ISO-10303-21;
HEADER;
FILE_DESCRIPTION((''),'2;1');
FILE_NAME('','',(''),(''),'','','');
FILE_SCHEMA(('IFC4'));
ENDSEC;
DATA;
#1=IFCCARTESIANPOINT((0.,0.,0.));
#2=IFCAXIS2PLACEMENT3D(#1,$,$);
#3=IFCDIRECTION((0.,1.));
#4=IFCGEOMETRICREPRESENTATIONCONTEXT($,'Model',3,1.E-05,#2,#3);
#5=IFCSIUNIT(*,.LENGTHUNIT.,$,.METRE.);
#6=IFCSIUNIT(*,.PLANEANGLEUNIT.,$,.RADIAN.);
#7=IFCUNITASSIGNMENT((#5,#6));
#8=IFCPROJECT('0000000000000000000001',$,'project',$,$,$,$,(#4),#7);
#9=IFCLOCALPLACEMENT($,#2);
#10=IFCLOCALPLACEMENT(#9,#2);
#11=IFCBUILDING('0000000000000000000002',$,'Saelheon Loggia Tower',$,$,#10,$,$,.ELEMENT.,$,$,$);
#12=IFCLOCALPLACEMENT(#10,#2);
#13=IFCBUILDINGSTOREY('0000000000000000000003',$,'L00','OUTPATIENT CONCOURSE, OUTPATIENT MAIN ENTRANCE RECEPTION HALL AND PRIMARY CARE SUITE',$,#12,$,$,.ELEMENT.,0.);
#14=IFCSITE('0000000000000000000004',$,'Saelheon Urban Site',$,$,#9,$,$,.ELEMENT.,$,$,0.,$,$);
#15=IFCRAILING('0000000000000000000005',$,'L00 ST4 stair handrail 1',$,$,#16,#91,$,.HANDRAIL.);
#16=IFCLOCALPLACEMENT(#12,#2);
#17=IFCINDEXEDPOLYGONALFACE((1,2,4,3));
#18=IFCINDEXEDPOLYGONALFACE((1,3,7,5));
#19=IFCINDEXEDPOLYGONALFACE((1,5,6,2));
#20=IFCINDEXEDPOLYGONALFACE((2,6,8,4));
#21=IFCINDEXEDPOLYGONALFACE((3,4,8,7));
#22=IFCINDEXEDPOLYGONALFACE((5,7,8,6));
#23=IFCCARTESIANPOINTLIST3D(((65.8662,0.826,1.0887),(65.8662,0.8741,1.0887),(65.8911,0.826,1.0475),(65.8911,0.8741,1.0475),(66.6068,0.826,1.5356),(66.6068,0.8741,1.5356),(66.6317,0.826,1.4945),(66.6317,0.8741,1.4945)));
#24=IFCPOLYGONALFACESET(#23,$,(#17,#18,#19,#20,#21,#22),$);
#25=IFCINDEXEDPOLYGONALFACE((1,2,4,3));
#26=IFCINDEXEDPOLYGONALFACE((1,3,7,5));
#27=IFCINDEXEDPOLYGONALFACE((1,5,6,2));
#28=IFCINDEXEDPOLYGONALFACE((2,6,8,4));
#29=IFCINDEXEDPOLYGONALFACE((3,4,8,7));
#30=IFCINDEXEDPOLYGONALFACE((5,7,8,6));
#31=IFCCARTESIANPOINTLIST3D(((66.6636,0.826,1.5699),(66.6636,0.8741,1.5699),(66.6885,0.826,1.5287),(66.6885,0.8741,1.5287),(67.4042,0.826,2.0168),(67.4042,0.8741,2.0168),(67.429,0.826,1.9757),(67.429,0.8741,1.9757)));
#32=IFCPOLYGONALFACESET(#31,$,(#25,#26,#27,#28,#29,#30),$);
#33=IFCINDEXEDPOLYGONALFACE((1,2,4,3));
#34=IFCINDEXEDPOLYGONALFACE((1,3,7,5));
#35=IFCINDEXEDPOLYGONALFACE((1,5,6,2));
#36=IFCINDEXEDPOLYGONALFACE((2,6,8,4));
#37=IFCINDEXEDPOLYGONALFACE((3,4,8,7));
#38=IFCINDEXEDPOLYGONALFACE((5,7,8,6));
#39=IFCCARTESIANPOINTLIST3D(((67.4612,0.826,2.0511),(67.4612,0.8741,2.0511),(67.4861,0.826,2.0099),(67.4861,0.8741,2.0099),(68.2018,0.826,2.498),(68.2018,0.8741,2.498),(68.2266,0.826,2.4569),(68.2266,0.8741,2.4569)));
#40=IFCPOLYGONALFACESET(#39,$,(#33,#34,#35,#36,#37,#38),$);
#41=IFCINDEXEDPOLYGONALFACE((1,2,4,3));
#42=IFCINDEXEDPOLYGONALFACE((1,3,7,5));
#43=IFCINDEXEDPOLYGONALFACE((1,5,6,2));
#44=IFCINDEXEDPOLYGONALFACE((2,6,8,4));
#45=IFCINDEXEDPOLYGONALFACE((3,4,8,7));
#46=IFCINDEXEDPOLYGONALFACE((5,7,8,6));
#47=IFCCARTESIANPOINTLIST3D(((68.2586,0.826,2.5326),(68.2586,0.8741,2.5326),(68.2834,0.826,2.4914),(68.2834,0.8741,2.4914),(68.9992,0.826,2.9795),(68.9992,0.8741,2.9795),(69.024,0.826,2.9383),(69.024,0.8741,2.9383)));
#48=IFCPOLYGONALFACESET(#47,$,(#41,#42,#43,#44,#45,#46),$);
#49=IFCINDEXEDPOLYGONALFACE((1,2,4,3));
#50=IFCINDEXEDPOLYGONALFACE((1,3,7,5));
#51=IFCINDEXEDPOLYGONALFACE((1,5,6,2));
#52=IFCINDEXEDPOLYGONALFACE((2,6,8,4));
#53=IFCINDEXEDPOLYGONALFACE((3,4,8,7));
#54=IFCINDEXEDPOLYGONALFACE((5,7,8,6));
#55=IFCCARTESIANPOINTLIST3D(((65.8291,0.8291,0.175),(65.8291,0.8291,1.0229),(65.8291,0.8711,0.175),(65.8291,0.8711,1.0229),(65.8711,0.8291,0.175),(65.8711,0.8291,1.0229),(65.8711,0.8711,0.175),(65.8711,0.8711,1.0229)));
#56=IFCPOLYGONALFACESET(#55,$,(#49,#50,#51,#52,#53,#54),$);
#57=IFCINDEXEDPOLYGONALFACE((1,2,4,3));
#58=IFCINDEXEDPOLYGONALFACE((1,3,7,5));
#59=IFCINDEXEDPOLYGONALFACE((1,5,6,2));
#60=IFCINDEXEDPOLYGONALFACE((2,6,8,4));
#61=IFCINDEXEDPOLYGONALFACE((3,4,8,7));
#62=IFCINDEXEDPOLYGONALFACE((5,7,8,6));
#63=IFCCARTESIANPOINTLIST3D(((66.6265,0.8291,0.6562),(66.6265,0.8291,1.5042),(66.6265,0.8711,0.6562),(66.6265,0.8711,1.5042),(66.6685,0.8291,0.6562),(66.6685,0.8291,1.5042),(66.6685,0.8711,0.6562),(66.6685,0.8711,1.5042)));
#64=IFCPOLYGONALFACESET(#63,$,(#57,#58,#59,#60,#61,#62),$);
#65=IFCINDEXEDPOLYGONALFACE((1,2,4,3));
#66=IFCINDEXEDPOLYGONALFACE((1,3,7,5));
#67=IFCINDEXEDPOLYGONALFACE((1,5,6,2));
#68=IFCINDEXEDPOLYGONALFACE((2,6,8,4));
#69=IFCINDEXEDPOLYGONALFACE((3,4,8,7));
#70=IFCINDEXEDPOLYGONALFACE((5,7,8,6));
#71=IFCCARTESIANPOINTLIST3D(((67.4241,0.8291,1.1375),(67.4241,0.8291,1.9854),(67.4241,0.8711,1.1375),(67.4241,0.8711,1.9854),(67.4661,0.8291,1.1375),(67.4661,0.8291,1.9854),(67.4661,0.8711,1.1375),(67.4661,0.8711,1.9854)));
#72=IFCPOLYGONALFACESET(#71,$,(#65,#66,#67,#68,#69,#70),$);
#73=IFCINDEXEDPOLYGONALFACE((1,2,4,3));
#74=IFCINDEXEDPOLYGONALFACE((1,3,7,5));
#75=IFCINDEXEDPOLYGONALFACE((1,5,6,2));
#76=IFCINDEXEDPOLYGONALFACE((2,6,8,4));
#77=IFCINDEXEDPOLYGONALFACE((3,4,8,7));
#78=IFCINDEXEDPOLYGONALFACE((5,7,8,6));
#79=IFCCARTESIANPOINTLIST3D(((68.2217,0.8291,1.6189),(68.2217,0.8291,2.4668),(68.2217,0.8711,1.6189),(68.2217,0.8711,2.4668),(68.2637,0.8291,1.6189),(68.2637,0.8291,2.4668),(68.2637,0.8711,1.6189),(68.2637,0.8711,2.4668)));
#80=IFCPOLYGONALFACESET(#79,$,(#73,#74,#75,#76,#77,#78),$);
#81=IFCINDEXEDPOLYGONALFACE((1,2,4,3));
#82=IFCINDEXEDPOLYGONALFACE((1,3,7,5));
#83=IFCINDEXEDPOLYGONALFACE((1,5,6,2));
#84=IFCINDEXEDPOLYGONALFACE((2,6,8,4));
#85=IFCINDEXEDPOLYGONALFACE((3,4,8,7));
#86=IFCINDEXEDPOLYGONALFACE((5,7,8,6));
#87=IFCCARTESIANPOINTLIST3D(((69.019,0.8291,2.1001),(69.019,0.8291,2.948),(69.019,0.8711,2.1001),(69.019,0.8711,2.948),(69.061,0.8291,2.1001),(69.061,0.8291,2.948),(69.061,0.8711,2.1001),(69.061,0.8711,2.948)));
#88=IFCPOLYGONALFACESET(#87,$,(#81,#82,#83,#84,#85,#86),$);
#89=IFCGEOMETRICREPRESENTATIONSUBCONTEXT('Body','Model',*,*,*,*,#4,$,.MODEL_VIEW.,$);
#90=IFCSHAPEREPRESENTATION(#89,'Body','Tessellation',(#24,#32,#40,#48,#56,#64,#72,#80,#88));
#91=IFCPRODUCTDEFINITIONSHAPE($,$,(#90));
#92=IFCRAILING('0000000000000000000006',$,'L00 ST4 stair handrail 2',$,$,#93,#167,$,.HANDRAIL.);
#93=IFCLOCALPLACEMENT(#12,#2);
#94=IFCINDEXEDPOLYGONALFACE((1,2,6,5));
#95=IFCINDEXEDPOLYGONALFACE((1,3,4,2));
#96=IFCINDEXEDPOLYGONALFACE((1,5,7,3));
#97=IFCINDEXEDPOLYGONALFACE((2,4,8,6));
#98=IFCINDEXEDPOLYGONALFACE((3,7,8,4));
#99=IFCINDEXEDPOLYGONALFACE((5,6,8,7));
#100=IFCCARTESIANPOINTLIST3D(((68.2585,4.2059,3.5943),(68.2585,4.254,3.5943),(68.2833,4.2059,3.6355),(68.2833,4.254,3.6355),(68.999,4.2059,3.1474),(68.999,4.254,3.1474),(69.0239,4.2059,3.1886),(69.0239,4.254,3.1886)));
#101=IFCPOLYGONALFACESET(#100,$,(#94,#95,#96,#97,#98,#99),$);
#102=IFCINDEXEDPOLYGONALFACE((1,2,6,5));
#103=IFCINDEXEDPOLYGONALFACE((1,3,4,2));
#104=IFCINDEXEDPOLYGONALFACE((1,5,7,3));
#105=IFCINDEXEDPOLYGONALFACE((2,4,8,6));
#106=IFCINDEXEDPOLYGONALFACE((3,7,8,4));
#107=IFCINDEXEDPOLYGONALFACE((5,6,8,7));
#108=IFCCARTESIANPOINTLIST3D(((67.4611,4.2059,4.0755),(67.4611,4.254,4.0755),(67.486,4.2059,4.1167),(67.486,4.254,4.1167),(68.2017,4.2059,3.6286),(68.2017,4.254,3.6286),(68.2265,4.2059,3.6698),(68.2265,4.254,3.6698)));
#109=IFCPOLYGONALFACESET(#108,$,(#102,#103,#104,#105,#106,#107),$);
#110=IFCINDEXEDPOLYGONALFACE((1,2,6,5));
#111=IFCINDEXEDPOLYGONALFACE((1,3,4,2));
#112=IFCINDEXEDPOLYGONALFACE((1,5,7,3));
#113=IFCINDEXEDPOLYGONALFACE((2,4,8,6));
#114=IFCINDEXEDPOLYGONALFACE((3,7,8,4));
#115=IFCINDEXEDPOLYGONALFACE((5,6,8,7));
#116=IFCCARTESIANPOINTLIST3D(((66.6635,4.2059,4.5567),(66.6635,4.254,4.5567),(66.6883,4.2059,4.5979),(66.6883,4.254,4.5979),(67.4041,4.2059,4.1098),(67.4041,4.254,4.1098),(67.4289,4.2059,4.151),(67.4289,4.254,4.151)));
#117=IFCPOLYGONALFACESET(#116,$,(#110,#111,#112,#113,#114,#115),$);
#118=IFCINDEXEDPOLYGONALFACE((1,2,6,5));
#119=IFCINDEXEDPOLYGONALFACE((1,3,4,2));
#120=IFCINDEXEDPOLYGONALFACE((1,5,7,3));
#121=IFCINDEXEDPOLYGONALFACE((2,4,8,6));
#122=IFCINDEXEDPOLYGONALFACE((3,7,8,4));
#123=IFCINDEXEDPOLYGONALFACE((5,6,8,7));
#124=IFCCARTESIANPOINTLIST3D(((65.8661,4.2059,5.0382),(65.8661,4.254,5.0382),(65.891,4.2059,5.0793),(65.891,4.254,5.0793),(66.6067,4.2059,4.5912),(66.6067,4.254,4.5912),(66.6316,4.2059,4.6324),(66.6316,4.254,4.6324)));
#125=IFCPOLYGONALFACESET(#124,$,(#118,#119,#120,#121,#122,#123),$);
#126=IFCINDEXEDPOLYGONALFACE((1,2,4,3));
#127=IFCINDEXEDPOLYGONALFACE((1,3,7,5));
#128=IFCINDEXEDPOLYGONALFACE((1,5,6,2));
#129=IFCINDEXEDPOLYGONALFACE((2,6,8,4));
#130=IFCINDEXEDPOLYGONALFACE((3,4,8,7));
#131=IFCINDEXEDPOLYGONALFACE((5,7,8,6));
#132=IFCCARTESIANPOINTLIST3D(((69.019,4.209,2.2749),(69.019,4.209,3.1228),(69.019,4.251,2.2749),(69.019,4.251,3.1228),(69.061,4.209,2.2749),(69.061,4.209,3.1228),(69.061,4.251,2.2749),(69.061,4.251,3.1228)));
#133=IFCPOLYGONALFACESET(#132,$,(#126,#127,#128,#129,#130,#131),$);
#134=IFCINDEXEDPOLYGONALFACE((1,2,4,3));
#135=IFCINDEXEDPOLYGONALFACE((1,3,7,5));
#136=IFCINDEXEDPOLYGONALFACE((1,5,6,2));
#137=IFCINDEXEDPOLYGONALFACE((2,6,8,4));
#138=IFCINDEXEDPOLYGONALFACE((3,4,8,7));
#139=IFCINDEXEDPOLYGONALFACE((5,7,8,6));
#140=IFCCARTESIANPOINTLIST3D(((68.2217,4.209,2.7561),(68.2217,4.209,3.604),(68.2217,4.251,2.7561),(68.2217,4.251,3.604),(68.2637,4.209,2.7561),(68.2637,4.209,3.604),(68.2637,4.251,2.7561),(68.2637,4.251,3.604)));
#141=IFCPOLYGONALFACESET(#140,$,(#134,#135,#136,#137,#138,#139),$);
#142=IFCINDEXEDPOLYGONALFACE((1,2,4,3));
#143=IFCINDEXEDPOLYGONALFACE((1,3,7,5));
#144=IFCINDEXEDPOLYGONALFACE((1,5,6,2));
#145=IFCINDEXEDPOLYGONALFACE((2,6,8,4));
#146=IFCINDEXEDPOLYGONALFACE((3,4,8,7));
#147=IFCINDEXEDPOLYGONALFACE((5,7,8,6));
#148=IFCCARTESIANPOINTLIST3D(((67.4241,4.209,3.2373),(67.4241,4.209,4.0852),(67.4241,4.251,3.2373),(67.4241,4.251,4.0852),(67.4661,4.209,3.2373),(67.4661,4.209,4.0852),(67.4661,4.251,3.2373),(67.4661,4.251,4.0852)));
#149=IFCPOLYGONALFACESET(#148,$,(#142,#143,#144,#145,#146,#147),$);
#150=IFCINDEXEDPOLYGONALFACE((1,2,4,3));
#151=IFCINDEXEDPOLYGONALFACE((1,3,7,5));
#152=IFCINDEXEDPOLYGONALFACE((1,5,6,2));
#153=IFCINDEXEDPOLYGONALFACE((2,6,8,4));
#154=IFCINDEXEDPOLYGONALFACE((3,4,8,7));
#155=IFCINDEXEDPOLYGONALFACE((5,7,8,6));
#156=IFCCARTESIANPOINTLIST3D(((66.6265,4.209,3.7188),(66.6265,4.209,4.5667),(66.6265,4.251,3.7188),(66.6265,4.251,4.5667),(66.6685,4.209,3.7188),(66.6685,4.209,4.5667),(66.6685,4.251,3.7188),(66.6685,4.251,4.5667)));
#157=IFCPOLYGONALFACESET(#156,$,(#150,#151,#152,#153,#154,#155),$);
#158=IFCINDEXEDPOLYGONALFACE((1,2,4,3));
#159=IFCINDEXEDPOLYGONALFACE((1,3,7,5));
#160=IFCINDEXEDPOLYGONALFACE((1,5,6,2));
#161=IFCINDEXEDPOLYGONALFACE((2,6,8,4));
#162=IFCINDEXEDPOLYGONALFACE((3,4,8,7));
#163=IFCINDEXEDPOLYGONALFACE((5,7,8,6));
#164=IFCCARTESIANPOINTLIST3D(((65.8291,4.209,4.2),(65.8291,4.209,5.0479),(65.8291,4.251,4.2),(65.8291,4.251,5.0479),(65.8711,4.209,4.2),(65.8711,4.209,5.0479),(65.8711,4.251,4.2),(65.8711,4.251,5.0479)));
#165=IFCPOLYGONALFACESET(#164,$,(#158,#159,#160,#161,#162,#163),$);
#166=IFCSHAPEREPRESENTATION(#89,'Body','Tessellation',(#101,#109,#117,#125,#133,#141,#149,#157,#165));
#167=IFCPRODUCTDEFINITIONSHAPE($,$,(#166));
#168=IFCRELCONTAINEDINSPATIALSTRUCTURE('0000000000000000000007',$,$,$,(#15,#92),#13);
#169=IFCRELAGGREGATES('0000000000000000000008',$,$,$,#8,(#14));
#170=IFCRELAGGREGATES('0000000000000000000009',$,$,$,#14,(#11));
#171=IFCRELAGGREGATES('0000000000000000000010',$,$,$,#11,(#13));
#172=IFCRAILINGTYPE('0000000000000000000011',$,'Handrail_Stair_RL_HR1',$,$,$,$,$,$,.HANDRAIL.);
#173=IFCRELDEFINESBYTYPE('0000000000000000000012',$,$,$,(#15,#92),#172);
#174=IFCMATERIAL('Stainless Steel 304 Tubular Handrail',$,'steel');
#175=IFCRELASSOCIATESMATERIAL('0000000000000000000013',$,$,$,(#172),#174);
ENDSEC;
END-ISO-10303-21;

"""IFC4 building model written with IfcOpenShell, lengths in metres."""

from ifc_helpers import new_model, si_unit, direction, frame, origin, origin_2d, place, context, subcontext, project, spatial, rectangle, extrude, material, type_object, element, save


model = new_model("IFC4")

# Units and contexts
model_context = context("Model", 3, precision=1e-05, world=origin(), true_north=direction((0.0, 1.0)))
body_context = subcontext(model_context, "Body", "Model", "MODEL_VIEW")
ifc_project = project(units=[si_unit("LENGTHUNIT", "METRE"), si_unit("PLANEANGLEUNIT", "RADIAN")], contexts=[model_context])

# Site, building, storey
site_placement = place(None, origin())
site = spatial("IfcSite", under=ifc_project, at=site_placement, Name="Saelheon Urban Site", CompositionType="ELEMENT", RefElevation=0.0)
building_placement = place(site_placement, origin())
building = spatial("IfcBuilding", under=site, at=building_placement, Name="Saelheon Loggia Tower", CompositionType="ELEMENT")
storey_placement = place(building_placement, origin())
storey = spatial("IfcBuildingStorey", under=building, at=storey_placement, Name="L00", Description="OUTPATIENT CONCOURSE, OUTPATIENT MAIN ENTRANCE RECEPTION HALL AND PRIMARY CARE SUITE", CompositionType="ELEMENT", Elevation=0.0)

# Railings
ifc_material_1 = material(Name="Stainless Steel 304 Tubular Handrail", Category="steel")
railing_type_1 = type_object("IfcRailingType", Name="Handrail_Stair_RL_HR1", PredefinedType="HANDRAIL", material=ifc_material_1)
railing_1_placement = place(storey_placement, frame((65.8501, 0.8501, 0.175)))
element("IfcRailing", 1, at=railing_1_placement, inside=storey, type_object=railing_type_1, Name="L00 ST4 stair handrail 1", PredefinedType="HANDRAIL", context=body_context, shape_type="SweptSolid", body=[
    extrude(rectangle(XDim=0.0481, YDim=0.0481, at=origin_2d()), frame((0.0286, 0.0, 0.8931), z_axis=(0.856178, 0.0, 0.516682), x_axis=(0.0, 1.0, 0.0)), (0.0, 0.0, 1.0), 0.865),
    extrude(rectangle(XDim=0.0481, YDim=0.0481, at=origin_2d()), frame((0.8259, 0.0, 1.3743), z_axis=(0.856178, 0.0, 0.516682), x_axis=(0.0, 1.0, 0.0)), (0.0, 0.0, 1.0), 0.865),
    extrude(rectangle(XDim=0.0481, YDim=0.0481, at=origin_2d()), frame((1.6235, 0.0, 1.8555), z_axis=(0.856178, 0.0, 0.516682), x_axis=(0.0, 1.0, 0.0)), (0.0, 0.0, 1.0), 0.865),
    extrude(rectangle(XDim=0.0481, YDim=0.0481, at=origin_2d()), frame((2.4209, 0.0, 2.3369), z_axis=(0.856178, 0.0, 0.516682), x_axis=(0.0, 1.0, 0.0)), (0.0, 0.0, 1.0), 0.865),
    extrude(rectangle(XDim=0.042, YDim=0.042, at=origin_2d()), origin(), (0.0, 0.0, 1.0), 0.8479),
    extrude(rectangle(XDim=0.042, YDim=0.042, at=origin_2d()), frame((0.7974, 0.0, 0.4812)), (0.0, 0.0, 1.0), 0.8479),
    extrude(rectangle(XDim=0.042, YDim=0.042, at=origin_2d()), frame((1.595, 0.0, 0.9624)), (0.0, 0.0, 1.0), 0.8479),
    extrude(rectangle(XDim=0.042, YDim=0.042, at=origin_2d()), frame((2.3926, 0.0, 1.4438)), (0.0, 0.0, 1.0), 0.8479),
    extrude(rectangle(XDim=0.042, YDim=0.042, at=origin_2d()), frame((3.1899, 0.0, 1.925)), (0.0, 0.0, 1.0), 0.8479),
])
railing_2_placement = place(storey_placement, frame((69.04, 4.23, 2.2749)))
element("IfcRailing", 2, at=railing_2_placement, inside=storey, type_object=railing_type_1, Name="L00 ST4 stair handrail 2", PredefinedType="HANDRAIL", context=body_context, shape_type="SweptSolid", body=[
    extrude(rectangle(XDim=0.0481, YDim=0.0481, at=origin_2d()), frame((-0.0286, 0.0, 0.8931), z_axis=(-0.856178, 0.0, 0.516682), x_axis=(0.0, -1.0, 0.0)), (0.0, 0.0, 1.0), 0.865),
    extrude(rectangle(XDim=0.0481, YDim=0.0481, at=origin_2d()), frame((-0.8259, 0.0, 1.3743), z_axis=(-0.856178, 0.0, 0.516682), x_axis=(0.0, -1.0, 0.0)), (0.0, 0.0, 1.0), 0.865),
    extrude(rectangle(XDim=0.0481, YDim=0.0481, at=origin_2d()), frame((-1.6235, 0.0, 1.8555), z_axis=(-0.856178, 0.0, 0.516682), x_axis=(0.0, -1.0, 0.0)), (0.0, 0.0, 1.0), 0.865),
    extrude(rectangle(XDim=0.0481, YDim=0.0481, at=origin_2d()), frame((-2.4209, 0.0, 2.3369), z_axis=(-0.856178, 0.0, 0.516682), x_axis=(0.0, -1.0, 0.0)), (0.0, 0.0, 1.0), 0.865),
    extrude(rectangle(XDim=0.042, YDim=0.042, at=origin_2d()), origin(), (0.0, 0.0, 1.0), 0.8479),
    extrude(rectangle(XDim=0.042, YDim=0.042, at=origin_2d()), frame((-0.7974, 0.0, 0.4812)), (0.0, 0.0, 1.0), 0.8479),
    extrude(rectangle(XDim=0.042, YDim=0.042, at=origin_2d()), frame((-1.595, 0.0, 0.9624)), (0.0, 0.0, 1.0), 0.8479),
    extrude(rectangle(XDim=0.042, YDim=0.042, at=origin_2d()), frame((-2.3926, 0.0, 1.4438)), (0.0, 0.0, 1.0), 0.8479),
    extrude(rectangle(XDim=0.042, YDim=0.042, at=origin_2d()), frame((-3.1899, 0.0, 1.925)), (0.0, 0.0, 1.0), 0.8479),
])

save(model, "model.ifc")
